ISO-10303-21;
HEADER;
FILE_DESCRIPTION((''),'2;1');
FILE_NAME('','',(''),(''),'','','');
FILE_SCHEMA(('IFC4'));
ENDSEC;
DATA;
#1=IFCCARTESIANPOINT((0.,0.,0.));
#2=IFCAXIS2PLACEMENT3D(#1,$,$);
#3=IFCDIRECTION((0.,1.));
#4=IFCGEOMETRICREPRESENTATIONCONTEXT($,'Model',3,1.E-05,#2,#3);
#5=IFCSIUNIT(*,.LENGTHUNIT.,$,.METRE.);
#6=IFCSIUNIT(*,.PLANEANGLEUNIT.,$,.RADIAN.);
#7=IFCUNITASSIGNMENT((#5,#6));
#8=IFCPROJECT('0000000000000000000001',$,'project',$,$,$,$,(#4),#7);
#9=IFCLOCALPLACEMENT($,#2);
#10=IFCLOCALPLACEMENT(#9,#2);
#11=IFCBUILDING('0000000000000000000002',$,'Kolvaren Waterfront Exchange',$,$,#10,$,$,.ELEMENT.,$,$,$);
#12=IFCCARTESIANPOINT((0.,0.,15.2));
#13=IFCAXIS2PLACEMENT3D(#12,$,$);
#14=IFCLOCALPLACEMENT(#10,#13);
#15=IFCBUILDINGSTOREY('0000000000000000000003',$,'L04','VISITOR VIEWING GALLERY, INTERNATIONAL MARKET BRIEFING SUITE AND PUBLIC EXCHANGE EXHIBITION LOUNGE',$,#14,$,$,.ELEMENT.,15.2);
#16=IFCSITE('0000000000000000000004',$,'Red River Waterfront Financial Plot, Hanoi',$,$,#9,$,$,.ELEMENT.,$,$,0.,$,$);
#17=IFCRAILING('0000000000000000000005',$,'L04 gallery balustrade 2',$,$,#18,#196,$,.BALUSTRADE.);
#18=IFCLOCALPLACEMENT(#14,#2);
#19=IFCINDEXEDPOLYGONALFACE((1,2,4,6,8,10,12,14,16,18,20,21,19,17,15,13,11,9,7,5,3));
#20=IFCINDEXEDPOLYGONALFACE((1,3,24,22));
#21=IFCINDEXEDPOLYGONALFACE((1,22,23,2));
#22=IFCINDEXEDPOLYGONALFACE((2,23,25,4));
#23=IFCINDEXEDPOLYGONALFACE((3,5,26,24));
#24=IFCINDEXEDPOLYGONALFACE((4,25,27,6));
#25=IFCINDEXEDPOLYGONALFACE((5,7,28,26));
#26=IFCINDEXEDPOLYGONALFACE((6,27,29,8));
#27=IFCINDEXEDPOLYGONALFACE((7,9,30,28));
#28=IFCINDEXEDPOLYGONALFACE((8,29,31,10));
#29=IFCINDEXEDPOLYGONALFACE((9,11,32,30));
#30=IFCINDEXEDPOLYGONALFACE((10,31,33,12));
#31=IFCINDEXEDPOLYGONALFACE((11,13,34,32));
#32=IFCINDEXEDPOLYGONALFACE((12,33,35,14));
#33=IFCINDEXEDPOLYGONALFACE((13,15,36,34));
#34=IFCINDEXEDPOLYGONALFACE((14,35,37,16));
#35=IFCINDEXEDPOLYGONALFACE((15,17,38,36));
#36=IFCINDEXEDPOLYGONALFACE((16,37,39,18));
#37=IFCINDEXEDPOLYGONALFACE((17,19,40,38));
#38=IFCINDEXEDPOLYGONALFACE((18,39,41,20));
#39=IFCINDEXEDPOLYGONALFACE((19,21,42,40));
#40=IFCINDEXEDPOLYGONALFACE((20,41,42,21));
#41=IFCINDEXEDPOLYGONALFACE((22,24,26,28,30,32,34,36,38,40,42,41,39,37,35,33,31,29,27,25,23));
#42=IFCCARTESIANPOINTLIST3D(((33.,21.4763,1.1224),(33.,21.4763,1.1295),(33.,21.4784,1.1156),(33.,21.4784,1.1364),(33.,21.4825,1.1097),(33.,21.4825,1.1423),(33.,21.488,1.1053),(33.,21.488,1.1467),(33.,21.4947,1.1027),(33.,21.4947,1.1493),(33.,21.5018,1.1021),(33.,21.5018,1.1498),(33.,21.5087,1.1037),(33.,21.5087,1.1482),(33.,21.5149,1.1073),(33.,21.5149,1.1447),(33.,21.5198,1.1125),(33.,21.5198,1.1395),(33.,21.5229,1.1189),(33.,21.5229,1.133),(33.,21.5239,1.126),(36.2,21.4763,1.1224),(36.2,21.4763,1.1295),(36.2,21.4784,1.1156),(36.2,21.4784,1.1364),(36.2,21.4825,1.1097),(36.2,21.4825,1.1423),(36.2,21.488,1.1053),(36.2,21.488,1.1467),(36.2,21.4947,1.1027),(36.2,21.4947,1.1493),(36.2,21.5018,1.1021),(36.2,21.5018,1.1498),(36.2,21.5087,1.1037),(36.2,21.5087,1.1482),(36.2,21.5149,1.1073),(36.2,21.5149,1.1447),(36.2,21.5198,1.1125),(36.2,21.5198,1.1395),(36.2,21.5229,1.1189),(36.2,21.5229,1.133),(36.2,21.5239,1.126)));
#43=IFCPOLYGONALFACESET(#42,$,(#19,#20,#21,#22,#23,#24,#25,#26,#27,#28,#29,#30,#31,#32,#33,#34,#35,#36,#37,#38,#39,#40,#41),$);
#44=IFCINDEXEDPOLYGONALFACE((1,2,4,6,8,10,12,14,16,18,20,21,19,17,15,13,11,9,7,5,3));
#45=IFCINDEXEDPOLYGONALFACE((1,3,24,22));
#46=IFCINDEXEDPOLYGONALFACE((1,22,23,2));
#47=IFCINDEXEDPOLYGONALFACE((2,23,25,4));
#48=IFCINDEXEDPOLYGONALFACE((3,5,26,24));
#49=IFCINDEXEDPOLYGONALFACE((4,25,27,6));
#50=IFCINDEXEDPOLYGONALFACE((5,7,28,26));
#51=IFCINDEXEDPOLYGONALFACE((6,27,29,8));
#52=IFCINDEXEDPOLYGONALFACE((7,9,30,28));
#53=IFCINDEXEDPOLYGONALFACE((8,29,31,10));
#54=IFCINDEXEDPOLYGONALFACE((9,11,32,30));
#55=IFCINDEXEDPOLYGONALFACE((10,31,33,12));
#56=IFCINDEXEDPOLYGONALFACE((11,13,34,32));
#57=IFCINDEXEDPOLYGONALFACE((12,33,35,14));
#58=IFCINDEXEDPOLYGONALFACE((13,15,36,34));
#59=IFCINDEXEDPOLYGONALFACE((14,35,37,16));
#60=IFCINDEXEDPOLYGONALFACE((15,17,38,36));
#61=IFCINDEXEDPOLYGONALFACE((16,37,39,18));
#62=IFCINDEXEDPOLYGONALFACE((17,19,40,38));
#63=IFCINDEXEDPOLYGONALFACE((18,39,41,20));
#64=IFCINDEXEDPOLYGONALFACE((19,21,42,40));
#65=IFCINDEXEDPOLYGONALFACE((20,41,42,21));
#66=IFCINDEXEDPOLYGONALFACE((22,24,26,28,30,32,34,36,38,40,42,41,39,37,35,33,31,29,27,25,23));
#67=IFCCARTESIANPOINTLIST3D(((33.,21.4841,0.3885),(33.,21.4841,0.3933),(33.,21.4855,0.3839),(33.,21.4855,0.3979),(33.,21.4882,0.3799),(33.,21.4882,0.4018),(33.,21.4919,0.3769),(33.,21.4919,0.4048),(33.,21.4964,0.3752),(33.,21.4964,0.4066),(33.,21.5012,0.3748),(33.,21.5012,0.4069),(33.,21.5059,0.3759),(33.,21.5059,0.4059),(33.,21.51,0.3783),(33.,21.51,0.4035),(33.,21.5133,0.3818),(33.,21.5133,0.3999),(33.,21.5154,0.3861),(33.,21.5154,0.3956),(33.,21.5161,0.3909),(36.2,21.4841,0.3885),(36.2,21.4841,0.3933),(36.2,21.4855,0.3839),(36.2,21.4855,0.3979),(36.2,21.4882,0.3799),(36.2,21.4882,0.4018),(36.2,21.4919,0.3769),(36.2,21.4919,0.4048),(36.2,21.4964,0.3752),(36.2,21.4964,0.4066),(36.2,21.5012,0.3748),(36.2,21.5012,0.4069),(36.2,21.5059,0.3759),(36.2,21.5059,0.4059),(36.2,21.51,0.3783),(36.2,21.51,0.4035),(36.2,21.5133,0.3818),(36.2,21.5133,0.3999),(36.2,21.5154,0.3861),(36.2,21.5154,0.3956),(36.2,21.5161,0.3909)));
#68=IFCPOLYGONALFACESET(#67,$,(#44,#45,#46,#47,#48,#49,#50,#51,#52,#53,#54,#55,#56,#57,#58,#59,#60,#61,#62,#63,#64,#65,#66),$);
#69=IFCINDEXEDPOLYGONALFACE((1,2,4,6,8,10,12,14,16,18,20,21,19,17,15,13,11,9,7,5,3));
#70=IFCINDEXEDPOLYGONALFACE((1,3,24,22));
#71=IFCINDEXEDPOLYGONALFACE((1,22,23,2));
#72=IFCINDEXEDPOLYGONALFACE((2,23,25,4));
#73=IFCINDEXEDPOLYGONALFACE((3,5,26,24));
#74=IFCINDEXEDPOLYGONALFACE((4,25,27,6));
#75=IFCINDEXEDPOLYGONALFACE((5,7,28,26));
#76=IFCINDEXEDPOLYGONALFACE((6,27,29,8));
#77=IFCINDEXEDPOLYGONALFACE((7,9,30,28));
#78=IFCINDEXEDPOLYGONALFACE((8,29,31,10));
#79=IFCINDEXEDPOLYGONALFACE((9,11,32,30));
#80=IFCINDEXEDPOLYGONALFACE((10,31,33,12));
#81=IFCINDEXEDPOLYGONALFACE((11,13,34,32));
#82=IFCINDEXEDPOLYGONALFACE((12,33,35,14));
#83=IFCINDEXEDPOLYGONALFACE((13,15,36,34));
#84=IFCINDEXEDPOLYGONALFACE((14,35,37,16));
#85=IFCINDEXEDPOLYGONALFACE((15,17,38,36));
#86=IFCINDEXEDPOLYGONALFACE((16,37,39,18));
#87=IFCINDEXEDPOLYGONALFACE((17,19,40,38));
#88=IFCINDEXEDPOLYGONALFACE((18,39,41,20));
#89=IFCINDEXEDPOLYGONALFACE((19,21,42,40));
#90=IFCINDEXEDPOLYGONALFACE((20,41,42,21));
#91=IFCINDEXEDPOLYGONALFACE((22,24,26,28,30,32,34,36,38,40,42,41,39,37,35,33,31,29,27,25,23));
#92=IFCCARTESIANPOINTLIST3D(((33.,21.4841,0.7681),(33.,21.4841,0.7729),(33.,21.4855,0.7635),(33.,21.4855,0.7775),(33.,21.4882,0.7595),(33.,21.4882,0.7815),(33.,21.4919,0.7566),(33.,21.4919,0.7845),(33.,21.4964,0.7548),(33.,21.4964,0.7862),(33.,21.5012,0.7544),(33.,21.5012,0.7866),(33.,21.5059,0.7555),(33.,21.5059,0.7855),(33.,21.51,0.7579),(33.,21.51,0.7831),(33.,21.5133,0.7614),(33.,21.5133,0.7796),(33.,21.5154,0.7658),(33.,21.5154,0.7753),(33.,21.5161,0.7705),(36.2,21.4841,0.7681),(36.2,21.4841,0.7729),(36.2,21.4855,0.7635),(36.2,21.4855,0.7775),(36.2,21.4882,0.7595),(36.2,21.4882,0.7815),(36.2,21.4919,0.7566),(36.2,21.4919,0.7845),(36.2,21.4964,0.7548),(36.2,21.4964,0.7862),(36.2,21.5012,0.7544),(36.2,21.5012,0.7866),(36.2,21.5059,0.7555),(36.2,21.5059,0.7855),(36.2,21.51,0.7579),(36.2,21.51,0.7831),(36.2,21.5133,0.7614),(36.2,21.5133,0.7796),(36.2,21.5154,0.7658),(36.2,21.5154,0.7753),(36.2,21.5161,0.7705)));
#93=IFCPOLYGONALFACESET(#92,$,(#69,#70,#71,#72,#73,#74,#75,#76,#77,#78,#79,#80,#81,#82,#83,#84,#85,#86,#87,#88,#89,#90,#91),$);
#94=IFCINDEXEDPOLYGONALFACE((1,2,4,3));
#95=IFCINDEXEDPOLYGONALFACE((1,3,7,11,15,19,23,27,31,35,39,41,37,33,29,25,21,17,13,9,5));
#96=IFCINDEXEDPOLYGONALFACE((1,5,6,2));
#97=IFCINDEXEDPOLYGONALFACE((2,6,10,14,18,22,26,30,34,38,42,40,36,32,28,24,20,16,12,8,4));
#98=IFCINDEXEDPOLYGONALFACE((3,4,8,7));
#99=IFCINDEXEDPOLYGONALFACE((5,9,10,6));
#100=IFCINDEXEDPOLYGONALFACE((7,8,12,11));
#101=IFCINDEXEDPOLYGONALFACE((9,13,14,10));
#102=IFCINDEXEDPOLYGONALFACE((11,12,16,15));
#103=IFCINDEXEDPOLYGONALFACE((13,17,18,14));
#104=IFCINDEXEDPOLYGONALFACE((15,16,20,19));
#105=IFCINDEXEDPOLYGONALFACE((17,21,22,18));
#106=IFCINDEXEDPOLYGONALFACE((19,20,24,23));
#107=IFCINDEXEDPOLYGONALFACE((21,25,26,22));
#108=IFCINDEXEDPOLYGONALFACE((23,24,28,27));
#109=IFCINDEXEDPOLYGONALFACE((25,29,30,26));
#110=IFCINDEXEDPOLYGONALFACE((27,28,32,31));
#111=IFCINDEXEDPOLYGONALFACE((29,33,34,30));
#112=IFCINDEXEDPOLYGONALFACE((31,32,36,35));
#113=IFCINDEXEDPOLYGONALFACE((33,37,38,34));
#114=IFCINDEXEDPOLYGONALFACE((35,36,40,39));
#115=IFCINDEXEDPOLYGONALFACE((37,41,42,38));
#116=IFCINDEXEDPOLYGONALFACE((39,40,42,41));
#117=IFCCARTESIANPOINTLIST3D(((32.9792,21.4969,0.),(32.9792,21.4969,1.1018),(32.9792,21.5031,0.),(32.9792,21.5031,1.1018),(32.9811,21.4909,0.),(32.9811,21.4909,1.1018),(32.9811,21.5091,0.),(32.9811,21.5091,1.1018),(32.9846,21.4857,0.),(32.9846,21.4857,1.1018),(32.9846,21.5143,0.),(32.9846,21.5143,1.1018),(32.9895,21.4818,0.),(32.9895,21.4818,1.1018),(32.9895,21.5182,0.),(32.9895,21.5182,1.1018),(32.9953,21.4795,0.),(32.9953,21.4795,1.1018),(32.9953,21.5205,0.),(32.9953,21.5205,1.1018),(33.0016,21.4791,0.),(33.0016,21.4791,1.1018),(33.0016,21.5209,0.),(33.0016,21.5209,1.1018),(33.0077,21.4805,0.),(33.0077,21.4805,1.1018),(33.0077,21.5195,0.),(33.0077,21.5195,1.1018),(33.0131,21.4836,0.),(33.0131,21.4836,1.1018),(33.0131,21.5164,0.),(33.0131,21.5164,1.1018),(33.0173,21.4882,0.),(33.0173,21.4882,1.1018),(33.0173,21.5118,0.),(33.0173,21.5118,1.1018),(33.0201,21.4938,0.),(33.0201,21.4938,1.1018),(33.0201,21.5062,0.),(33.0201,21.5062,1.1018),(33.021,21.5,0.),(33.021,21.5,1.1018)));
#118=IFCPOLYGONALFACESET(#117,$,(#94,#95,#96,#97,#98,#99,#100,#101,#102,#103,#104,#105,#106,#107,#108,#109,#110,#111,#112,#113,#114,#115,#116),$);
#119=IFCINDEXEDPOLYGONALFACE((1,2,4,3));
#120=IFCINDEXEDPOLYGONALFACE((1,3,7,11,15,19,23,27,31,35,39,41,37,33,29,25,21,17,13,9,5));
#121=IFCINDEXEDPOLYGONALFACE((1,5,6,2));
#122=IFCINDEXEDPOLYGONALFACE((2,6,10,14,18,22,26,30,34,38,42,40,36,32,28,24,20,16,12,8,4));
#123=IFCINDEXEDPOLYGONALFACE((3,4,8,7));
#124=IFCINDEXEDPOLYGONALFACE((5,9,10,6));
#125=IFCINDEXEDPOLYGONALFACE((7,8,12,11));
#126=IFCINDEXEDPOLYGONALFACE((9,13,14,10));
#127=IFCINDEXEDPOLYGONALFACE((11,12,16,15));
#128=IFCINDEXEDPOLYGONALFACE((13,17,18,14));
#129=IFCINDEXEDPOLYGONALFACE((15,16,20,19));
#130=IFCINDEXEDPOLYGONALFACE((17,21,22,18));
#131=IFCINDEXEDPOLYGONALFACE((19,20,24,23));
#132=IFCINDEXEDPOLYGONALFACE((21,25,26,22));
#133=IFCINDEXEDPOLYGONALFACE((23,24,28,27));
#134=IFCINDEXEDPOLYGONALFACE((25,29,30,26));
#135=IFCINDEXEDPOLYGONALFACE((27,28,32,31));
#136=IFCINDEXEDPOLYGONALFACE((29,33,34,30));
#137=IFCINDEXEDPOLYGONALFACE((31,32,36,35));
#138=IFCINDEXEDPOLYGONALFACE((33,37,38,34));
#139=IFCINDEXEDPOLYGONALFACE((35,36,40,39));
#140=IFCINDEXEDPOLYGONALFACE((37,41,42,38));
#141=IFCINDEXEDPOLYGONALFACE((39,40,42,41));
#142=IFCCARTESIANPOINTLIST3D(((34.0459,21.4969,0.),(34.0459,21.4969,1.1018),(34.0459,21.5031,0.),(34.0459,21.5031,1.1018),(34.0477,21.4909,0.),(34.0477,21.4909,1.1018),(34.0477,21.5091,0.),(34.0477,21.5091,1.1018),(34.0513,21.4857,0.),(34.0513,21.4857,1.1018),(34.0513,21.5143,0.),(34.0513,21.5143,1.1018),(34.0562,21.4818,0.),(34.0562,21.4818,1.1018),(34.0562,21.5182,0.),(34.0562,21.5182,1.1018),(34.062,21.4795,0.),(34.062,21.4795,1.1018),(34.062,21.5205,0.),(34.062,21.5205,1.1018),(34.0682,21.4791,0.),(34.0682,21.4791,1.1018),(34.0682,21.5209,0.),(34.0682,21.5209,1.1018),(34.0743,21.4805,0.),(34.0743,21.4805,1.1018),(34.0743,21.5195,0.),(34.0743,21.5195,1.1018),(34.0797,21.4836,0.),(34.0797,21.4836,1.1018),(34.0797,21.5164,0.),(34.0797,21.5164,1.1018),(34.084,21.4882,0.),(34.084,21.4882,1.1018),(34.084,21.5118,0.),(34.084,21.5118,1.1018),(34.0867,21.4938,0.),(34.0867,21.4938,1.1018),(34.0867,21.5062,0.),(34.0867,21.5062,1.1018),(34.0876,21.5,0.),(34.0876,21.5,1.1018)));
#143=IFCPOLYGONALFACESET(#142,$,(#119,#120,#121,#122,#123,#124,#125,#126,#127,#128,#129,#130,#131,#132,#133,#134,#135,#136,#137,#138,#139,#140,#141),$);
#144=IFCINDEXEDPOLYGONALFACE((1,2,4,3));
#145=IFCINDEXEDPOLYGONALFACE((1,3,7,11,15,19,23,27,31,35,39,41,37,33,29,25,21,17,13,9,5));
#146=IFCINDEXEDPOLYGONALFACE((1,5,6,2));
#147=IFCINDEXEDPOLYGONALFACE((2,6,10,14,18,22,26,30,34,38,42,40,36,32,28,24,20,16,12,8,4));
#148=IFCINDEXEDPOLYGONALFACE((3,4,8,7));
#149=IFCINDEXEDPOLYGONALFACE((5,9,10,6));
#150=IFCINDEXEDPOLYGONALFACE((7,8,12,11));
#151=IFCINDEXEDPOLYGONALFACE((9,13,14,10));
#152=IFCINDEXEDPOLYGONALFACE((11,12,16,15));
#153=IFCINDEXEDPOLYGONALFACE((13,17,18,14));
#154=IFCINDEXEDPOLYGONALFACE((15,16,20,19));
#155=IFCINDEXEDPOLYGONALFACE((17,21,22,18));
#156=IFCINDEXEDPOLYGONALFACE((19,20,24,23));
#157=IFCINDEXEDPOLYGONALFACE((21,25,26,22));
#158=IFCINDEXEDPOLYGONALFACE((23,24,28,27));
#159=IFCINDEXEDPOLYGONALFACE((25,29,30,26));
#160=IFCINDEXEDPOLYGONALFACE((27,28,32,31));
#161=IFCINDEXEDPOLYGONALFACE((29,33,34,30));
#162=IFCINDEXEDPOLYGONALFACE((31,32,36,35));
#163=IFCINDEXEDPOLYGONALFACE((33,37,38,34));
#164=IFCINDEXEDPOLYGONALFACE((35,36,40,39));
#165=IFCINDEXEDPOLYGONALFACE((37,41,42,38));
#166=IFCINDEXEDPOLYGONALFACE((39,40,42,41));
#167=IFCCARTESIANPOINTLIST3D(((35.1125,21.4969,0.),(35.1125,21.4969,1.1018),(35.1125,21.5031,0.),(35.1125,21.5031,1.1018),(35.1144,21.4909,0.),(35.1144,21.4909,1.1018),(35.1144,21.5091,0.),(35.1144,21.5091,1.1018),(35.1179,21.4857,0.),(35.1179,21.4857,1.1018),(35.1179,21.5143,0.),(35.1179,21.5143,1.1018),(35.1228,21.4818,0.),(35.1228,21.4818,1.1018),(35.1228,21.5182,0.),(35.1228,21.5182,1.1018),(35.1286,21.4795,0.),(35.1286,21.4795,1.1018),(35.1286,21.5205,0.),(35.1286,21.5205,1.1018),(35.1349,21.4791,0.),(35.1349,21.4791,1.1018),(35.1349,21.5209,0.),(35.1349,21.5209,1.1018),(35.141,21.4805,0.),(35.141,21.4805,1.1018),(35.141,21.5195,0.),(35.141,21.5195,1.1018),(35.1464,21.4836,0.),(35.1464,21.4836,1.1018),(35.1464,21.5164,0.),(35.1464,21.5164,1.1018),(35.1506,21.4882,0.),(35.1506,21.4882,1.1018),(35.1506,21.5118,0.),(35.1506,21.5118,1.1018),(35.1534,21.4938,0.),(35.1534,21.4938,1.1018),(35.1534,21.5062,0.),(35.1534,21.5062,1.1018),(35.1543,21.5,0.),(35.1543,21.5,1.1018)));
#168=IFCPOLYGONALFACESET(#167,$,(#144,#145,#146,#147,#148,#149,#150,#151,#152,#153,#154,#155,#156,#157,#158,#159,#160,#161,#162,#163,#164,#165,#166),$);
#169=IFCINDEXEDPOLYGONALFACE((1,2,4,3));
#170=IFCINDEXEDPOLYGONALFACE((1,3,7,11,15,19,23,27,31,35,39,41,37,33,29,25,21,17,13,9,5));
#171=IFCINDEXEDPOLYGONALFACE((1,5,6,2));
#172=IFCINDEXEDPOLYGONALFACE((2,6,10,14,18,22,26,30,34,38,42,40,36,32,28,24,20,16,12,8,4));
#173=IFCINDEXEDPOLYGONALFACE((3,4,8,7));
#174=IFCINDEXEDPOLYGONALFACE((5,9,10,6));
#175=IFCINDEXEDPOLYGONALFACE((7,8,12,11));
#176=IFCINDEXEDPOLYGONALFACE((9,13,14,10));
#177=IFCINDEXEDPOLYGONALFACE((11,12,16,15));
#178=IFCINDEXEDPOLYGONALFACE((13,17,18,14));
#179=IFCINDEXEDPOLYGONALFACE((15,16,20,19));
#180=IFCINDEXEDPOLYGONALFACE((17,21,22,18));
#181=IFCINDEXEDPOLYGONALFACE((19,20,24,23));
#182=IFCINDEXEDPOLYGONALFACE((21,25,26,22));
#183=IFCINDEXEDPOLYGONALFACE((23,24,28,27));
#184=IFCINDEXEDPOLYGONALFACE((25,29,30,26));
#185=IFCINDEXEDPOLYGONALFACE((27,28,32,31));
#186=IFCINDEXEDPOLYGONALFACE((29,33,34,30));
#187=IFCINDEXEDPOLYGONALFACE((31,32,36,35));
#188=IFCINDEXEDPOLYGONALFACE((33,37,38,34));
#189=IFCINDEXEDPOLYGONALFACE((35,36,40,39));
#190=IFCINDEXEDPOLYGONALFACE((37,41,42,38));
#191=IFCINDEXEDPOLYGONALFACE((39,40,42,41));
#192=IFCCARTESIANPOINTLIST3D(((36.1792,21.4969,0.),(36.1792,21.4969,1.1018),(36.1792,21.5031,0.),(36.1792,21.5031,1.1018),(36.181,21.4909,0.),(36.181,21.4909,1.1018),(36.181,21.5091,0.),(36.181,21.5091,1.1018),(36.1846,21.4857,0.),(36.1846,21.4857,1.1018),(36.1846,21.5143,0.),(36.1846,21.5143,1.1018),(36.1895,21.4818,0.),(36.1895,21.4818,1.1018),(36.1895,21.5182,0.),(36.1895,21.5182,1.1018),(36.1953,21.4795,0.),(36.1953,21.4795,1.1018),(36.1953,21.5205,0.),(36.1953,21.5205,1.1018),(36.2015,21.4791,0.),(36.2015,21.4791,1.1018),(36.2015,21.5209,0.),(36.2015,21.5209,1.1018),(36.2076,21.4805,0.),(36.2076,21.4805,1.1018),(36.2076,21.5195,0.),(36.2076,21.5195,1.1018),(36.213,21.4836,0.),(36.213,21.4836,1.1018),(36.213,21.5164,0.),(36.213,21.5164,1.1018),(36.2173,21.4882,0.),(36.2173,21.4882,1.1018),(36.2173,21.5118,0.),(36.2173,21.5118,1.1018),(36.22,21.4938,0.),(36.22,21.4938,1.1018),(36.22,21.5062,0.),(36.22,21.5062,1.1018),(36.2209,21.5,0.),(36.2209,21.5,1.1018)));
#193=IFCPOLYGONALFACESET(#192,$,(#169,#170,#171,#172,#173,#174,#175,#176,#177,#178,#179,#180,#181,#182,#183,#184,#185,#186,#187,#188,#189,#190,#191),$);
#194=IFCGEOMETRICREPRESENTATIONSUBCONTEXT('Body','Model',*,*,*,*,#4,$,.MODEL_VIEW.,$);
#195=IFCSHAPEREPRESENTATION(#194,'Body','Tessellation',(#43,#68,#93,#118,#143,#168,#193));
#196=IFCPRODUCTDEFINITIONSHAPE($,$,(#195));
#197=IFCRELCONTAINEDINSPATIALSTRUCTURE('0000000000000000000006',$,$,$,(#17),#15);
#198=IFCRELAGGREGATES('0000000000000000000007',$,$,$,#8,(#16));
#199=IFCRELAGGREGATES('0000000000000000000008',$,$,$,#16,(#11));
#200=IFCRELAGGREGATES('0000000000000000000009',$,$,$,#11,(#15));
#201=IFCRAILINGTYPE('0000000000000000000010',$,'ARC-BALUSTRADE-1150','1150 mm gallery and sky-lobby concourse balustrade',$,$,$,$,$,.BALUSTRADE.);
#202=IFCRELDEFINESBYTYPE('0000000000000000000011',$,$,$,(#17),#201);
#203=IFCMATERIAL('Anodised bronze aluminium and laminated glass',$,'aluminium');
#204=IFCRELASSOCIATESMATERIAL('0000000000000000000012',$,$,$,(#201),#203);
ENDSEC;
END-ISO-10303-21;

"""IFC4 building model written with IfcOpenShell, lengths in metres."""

from ifc_helpers import new_model, si_unit, direction, frame, origin, origin_2d, place, context, subcontext, project, spatial, circle, extrude, material, type_object, element, save


model = new_model("IFC4")

# Units and contexts
model_context = context("Model", 3, precision=1e-05, world=origin(), true_north=direction((0.0, 1.0)))
body_context = subcontext(model_context, "Body", "Model", "MODEL_VIEW")
ifc_project = project(units=[si_unit("LENGTHUNIT", "METRE"), si_unit("PLANEANGLEUNIT", "RADIAN")], contexts=[model_context])

# Site, building, storey
site_placement = place(None, origin())
site = spatial("IfcSite", under=ifc_project, at=site_placement, Name="Red River Waterfront Financial Plot, Hanoi", CompositionType="ELEMENT", RefElevation=0.0)
building_placement = place(site_placement, origin())
building = spatial("IfcBuilding", under=site, at=building_placement, Name="Kolvaren Waterfront Exchange", CompositionType="ELEMENT")
storey_placement = place(building_placement, frame((0.0, 0.0, 15.2)))
storey = spatial("IfcBuildingStorey", under=building, at=storey_placement, Name="L04", Description="VISITOR VIEWING GALLERY, INTERNATIONAL MARKET BRIEFING SUITE AND PUBLIC EXCHANGE EXHIBITION LOUNGE", CompositionType="ELEMENT", Elevation=15.2)

# Railing
ifc_material_1 = material(Name="Anodised bronze aluminium and laminated glass", Category="aluminium")
railing_type = type_object("IfcRailingType", Name="ARC-BALUSTRADE-1150", Description="1150 mm gallery and sky-lobby concourse balustrade", PredefinedType="BALUSTRADE", material=ifc_material_1)
for number, where, name in (
    (1, (33.0, 21.5, 0.0), "L04 gallery balustrade 2"),
):
    element("IfcRailing", number, at=place(storey_placement, frame(where)), inside=storey, type_object=railing_type, Name=name, PredefinedType="BALUSTRADE", context=body_context, shape_type="SweptSolid", body=[
        extrude(circle(Radius=0.0239, at=origin_2d()), frame((0.0, 0.0, 1.126), z_axis=(1.0, 0.0, 0.0), x_axis=(0.0, 1.0, 0.0)), (0.0, 0.0, 1.0), 3.2),
        extrude(circle(Radius=0.0161, at=origin_2d()), frame((0.0, 0.0, 0.3909), z_axis=(1.0, 0.0, 0.0), x_axis=(0.0, 1.0, 0.0)), (0.0, 0.0, 1.0), 3.2),
        extrude(circle(Radius=0.0161, at=origin_2d()), frame((0.0, 0.0, 0.7705), z_axis=(1.0, 0.0, 0.0), x_axis=(0.0, 1.0, 0.0)), (0.0, 0.0, 1.0), 3.2),
        extrude(circle(Radius=0.021, at=origin_2d()), origin(), (0.0, 0.0, 1.0), 1.1018),
        extrude(circle(Radius=0.021, at=origin_2d()), frame((1.0667, 0.0, 0.0)), (0.0, 0.0, 1.0), 1.1018),
        extrude(circle(Radius=0.021, at=origin_2d()), frame((2.1333, 0.0, 0.0)), (0.0, 0.0, 1.0), 1.1018),
        extrude(circle(Radius=0.021, at=origin_2d()), frame((3.2, 0.0, 0.0)), (0.0, 0.0, 1.0), 1.1018),
    ])

save(model, "model.ifc")
